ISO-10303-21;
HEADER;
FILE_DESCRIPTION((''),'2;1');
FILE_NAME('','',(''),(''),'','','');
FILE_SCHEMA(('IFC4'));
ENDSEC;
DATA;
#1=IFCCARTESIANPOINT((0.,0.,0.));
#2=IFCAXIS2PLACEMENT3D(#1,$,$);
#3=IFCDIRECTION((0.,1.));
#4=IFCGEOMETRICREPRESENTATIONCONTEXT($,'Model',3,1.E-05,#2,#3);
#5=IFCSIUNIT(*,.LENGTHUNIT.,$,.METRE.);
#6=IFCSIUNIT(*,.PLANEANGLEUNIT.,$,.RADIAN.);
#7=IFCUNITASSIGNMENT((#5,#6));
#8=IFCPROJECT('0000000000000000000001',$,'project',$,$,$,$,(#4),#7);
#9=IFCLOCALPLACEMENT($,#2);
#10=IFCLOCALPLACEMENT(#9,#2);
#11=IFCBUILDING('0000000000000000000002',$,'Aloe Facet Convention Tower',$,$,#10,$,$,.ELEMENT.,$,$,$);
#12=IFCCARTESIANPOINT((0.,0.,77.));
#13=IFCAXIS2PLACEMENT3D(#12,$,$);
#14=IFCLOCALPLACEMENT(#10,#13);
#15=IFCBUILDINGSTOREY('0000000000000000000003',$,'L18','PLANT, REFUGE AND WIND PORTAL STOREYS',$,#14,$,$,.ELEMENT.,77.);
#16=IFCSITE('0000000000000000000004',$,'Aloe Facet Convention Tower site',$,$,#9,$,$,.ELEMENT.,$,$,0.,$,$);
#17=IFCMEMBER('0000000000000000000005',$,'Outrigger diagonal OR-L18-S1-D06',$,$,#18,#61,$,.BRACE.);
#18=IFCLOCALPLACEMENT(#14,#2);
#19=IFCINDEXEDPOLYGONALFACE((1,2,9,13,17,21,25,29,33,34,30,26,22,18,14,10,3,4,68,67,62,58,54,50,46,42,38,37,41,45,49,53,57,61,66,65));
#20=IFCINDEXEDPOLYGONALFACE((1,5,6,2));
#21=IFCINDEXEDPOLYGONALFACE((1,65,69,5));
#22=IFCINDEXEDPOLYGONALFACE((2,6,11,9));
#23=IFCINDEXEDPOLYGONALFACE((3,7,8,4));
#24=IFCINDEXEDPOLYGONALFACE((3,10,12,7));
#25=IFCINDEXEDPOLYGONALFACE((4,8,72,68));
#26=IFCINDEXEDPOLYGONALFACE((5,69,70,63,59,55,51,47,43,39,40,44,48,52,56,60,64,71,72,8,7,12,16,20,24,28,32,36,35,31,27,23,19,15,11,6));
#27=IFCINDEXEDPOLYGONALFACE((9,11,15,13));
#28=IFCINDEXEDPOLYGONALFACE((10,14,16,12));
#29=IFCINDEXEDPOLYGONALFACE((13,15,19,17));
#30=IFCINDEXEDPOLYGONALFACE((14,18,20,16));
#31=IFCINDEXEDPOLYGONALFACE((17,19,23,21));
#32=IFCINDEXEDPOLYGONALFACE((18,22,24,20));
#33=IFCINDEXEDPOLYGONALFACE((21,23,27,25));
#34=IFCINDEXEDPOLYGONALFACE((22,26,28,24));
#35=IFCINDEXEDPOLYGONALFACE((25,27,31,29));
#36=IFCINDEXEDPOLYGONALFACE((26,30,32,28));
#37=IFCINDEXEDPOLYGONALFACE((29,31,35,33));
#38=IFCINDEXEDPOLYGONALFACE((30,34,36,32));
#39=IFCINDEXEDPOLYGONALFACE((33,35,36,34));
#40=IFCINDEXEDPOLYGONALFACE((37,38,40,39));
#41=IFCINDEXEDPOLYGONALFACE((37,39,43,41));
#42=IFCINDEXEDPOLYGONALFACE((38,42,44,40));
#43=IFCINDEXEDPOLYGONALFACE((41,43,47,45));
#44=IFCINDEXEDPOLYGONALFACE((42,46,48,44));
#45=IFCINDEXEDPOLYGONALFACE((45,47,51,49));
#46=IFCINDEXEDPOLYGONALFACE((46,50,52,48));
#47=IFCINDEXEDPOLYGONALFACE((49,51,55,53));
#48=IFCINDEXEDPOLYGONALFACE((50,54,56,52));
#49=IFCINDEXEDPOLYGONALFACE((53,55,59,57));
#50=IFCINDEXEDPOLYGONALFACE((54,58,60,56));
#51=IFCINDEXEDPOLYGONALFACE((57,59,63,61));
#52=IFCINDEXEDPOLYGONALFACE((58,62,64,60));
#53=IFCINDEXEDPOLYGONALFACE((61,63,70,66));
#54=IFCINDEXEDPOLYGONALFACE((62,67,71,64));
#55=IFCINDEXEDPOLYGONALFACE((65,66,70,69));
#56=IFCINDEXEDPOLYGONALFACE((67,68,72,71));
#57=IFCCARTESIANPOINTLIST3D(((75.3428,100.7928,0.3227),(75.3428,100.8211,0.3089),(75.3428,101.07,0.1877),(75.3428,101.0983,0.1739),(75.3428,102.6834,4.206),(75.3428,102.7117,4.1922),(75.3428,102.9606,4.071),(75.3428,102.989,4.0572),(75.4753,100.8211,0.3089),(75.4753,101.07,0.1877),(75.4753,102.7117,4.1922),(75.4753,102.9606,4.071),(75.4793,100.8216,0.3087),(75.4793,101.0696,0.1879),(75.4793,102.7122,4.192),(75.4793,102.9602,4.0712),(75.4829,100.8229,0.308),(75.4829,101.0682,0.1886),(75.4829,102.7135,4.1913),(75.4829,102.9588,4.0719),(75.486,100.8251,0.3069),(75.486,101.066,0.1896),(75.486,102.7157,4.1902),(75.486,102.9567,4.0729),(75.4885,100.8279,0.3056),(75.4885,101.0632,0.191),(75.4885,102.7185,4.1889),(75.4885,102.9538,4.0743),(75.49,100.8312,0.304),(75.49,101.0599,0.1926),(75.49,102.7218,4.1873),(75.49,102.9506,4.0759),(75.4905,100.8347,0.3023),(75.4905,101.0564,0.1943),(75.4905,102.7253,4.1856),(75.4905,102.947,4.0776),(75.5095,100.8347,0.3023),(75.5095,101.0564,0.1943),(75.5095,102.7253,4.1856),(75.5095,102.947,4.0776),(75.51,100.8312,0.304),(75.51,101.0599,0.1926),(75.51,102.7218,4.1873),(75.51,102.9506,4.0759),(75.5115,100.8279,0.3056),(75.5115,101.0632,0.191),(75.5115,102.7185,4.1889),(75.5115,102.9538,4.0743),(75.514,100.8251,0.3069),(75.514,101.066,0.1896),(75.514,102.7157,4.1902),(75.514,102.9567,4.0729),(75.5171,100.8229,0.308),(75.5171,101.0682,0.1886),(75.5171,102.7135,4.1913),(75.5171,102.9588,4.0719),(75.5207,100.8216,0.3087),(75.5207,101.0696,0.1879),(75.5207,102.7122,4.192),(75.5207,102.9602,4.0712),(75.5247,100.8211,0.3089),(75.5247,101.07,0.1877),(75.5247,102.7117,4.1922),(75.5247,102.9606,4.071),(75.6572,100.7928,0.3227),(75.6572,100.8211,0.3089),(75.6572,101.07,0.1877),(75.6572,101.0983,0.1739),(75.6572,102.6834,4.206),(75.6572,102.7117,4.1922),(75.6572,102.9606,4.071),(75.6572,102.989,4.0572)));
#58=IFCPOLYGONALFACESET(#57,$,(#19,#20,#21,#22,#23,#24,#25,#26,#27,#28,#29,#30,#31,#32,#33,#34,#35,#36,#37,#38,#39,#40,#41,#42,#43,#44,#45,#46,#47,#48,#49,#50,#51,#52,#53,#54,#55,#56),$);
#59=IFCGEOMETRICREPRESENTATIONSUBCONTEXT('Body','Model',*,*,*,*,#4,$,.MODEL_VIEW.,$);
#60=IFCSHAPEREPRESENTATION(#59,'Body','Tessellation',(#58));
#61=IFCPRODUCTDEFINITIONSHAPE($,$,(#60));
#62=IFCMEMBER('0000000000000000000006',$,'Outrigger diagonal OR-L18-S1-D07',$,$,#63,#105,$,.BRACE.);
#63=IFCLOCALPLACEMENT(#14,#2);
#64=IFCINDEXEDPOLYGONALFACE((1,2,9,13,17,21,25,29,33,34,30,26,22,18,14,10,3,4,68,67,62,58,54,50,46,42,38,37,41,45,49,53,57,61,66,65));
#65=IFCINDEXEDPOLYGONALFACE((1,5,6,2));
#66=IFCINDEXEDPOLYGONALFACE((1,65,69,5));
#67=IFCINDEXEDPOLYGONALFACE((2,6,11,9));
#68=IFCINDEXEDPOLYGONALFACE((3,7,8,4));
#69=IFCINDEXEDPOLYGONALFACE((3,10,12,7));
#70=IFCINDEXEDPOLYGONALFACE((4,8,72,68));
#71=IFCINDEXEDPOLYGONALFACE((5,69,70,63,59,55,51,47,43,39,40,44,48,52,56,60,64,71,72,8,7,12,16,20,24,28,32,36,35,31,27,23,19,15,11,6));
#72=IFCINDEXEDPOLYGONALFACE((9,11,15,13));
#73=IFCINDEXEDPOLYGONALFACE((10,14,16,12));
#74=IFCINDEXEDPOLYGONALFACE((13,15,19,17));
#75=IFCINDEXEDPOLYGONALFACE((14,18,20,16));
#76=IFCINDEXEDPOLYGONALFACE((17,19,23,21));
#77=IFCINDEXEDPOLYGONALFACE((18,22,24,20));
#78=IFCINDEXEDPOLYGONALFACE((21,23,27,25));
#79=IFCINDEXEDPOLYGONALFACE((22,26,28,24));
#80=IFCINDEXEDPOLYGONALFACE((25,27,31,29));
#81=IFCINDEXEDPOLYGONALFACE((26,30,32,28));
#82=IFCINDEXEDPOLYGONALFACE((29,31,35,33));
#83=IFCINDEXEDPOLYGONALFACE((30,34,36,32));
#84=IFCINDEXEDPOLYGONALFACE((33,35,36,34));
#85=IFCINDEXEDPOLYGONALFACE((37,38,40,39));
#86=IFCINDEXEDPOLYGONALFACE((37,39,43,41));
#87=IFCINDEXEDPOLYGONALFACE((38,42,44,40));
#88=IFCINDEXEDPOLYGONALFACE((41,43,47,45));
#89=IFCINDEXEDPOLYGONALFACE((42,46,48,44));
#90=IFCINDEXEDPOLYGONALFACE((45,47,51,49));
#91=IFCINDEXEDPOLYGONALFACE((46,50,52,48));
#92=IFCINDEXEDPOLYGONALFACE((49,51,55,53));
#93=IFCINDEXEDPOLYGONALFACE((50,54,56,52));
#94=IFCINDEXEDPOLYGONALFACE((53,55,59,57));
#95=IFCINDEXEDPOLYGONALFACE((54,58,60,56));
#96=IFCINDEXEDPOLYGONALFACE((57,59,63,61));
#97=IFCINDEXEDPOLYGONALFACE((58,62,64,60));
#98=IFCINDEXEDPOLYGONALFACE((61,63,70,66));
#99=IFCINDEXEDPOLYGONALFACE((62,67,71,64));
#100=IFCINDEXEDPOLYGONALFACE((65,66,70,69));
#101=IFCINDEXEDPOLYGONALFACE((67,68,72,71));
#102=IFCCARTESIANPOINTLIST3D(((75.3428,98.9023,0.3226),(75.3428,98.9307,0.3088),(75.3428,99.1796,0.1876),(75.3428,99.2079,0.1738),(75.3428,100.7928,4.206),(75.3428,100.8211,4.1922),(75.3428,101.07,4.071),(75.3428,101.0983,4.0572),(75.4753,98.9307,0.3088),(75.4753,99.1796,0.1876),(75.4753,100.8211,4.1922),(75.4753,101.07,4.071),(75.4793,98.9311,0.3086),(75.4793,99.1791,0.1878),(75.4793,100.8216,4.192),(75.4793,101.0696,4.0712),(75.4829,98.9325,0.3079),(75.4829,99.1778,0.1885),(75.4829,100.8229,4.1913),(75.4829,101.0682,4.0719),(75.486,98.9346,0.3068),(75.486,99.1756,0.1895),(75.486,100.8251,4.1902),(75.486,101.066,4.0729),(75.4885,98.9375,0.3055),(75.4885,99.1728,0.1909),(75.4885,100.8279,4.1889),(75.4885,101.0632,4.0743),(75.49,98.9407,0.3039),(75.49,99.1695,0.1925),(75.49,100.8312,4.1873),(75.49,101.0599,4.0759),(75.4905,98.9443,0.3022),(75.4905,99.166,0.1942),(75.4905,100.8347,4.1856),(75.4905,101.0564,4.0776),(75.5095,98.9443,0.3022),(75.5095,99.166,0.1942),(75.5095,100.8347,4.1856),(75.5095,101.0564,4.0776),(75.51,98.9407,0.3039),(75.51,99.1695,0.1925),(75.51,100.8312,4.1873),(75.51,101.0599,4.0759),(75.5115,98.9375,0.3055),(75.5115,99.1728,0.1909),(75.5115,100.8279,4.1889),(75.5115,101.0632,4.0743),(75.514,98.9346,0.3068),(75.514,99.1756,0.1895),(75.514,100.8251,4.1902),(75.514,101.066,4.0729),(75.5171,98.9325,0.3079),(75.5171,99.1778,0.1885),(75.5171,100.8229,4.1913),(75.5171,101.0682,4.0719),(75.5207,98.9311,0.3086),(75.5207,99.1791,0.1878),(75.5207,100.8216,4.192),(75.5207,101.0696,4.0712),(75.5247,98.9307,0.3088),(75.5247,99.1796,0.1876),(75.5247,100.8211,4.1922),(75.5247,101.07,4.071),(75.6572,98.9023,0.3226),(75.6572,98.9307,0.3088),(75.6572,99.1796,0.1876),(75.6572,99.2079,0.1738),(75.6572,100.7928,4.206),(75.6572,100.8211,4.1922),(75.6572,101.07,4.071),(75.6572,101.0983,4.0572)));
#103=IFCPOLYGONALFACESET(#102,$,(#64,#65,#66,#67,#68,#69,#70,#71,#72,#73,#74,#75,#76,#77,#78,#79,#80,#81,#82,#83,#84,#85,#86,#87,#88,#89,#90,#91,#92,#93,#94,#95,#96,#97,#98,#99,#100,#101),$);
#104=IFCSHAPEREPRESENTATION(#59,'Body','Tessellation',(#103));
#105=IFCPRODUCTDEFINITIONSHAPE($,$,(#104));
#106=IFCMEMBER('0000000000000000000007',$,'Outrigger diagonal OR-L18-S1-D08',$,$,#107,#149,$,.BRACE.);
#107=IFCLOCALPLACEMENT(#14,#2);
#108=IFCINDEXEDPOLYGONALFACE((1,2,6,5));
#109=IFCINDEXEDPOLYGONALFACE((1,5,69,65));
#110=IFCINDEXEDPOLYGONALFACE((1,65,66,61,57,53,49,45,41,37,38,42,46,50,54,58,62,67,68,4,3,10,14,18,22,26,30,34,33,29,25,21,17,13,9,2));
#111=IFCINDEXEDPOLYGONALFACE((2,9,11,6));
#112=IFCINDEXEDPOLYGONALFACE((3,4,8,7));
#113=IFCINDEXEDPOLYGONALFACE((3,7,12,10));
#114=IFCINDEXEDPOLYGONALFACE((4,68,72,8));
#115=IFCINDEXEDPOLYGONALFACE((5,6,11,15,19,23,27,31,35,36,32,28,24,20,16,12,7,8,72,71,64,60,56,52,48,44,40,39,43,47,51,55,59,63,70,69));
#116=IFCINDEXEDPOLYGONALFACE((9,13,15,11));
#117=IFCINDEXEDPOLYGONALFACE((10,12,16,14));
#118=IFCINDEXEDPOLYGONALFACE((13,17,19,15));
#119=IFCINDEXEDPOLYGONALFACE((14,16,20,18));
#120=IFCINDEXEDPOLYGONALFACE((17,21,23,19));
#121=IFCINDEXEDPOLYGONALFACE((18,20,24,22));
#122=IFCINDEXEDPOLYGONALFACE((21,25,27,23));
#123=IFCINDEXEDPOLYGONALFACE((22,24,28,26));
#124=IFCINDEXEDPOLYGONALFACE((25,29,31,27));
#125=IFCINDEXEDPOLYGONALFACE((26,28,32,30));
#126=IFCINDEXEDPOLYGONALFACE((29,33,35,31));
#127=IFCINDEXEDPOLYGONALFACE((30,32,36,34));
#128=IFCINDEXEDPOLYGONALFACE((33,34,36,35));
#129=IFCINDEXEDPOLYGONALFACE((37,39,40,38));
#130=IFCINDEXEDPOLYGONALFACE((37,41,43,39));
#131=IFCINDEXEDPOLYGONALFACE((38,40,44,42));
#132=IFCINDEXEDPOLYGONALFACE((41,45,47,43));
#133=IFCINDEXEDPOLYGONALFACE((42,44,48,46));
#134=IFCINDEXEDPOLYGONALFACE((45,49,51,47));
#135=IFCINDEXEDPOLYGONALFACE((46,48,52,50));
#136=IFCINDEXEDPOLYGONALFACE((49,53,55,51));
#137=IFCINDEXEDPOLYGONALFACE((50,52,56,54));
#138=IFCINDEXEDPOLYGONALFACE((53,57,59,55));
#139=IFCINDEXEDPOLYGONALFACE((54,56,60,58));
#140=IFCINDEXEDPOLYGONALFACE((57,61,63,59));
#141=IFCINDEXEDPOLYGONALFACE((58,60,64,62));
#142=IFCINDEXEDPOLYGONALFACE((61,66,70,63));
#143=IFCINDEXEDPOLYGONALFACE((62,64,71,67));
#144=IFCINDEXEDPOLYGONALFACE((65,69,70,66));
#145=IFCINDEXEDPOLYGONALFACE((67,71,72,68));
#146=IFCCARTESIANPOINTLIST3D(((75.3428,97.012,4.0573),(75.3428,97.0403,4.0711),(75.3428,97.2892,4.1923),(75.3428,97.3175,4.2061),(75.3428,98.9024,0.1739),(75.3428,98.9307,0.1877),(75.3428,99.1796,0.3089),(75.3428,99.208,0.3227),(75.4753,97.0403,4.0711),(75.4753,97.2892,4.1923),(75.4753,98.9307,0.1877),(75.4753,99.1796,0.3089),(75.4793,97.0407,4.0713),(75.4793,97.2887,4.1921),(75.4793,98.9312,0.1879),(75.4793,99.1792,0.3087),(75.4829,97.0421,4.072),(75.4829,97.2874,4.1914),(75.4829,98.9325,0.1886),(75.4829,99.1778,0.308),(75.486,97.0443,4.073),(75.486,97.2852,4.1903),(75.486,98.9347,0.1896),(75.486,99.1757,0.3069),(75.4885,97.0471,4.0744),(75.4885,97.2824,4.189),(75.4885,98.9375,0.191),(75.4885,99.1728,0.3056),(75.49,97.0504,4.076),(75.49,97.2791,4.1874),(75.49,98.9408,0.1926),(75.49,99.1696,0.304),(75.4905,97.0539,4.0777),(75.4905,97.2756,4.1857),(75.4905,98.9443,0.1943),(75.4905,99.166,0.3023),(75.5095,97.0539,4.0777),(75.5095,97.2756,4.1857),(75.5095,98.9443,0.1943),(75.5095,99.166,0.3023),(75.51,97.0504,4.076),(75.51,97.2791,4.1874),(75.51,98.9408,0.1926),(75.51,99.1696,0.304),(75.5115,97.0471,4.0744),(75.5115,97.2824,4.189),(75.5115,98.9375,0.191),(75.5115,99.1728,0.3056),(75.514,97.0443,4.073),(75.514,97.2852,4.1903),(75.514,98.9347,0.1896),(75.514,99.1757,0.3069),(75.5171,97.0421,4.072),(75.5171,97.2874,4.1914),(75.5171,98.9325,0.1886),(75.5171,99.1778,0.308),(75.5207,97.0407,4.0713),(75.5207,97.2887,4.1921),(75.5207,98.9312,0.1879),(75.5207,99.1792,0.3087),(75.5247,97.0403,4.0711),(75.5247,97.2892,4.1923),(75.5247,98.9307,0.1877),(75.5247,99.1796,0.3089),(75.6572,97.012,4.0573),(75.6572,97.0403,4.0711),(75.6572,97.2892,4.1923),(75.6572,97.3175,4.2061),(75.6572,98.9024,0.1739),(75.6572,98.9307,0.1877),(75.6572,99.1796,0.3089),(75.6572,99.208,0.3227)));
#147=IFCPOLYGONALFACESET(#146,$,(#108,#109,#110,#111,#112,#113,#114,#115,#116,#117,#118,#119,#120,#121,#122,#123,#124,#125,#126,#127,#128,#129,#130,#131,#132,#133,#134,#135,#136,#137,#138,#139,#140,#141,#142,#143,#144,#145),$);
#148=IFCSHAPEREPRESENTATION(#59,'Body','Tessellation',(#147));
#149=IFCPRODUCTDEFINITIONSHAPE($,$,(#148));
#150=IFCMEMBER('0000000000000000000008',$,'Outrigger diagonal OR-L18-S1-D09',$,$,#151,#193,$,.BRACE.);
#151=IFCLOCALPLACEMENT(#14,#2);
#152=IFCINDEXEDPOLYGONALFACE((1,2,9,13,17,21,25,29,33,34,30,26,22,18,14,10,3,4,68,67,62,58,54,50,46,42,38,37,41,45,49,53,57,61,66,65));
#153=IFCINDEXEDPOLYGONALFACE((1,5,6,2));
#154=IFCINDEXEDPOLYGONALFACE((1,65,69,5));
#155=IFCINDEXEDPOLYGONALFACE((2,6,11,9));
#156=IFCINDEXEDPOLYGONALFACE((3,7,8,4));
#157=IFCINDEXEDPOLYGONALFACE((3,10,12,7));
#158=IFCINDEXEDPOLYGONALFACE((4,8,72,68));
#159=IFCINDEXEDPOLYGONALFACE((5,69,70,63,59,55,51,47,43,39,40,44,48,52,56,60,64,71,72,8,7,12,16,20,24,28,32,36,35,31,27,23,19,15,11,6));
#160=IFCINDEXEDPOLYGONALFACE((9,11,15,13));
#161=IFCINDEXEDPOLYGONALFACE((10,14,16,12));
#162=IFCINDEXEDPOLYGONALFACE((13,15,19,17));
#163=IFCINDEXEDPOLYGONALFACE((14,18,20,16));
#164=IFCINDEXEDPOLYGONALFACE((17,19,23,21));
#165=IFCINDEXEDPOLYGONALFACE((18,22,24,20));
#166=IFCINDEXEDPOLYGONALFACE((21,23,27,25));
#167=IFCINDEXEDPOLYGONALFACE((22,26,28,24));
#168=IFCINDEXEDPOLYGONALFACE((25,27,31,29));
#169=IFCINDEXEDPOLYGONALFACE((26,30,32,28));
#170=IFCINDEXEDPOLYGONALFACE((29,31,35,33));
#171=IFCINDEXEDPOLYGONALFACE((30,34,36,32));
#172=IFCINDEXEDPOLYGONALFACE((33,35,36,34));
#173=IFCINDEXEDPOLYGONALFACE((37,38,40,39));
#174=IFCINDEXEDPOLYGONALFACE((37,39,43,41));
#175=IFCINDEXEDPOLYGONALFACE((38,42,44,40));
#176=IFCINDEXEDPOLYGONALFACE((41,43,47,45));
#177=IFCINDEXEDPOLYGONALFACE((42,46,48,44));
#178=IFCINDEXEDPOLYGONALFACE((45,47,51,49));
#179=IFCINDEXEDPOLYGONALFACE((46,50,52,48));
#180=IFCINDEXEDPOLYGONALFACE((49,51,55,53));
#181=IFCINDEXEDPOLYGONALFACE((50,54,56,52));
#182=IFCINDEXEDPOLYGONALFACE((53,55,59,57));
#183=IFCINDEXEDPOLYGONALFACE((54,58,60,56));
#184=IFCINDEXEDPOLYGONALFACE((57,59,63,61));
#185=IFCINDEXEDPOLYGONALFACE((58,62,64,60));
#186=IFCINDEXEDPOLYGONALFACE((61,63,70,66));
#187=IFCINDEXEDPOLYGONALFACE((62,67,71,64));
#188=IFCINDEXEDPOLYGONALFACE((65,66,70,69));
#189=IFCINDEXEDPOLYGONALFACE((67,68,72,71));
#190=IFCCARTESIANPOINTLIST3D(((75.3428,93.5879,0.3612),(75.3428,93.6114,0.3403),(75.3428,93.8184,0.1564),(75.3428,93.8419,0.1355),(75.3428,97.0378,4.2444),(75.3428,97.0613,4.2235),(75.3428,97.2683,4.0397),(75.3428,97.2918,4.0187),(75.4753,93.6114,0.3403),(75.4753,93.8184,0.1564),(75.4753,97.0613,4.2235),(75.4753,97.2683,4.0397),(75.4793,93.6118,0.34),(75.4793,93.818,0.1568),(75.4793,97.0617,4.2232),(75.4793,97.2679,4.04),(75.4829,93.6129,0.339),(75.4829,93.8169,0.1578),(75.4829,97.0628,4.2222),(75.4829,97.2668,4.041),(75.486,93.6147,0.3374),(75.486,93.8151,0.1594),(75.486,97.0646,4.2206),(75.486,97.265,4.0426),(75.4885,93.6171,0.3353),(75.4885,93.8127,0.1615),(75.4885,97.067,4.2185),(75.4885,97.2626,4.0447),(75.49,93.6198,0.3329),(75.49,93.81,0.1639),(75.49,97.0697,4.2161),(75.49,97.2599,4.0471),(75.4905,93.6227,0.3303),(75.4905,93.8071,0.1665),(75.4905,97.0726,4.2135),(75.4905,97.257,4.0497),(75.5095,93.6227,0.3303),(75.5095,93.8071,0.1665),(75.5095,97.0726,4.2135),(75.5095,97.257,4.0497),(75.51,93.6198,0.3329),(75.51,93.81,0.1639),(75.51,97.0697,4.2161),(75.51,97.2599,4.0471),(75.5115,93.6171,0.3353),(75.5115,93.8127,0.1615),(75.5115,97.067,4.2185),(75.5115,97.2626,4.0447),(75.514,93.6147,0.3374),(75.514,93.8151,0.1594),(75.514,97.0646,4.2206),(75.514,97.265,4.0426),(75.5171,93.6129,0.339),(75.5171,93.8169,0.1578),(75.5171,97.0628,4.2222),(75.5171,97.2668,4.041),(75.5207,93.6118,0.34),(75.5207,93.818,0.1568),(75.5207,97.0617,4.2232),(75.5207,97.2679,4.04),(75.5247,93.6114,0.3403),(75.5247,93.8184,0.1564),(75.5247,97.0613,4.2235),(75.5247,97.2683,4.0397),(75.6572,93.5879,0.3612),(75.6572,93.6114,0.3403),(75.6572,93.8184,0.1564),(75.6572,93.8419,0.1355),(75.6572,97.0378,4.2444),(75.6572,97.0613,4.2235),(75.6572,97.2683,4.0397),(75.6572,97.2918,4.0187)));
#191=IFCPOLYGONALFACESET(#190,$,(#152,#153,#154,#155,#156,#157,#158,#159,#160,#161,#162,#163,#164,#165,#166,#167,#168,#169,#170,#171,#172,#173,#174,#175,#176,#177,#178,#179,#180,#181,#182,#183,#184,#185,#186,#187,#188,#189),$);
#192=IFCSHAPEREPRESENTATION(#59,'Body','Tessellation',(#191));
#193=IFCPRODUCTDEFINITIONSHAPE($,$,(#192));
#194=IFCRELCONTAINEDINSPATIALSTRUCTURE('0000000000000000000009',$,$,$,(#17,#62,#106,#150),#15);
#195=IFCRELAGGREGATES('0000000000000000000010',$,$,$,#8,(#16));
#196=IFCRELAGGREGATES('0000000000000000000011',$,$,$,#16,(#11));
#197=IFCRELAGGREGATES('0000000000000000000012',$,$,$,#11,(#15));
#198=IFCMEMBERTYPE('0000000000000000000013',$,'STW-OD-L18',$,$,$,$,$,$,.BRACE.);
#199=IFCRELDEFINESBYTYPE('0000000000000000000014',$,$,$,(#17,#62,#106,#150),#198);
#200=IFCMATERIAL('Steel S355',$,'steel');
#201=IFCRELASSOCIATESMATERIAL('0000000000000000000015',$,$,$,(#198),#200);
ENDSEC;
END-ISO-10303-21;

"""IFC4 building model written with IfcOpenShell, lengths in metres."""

from ifc_helpers import new_model, si_unit, direction, frame, origin, origin_2d, place, context, subcontext, project, spatial, i_section, extrude, material, material_profile, profile_set, type_object, element, save


model = new_model("IFC4")

# Units and contexts
model_context = context("Model", 3, precision=1e-05, world=origin(), true_north=direction((0.0, 1.0)))
body_context = subcontext(model_context, "Body", "Model", "MODEL_VIEW")
ifc_project = project(units=[si_unit("LENGTHUNIT", "METRE"), si_unit("PLANEANGLEUNIT", "RADIAN")], contexts=[model_context])

# Site, building, storey
site_placement = place(None, origin())
site = spatial("IfcSite", under=ifc_project, at=site_placement, Name="Aloe Facet Convention Tower site", CompositionType="ELEMENT", RefElevation=0.0)
building_placement = place(site_placement, origin())
building = spatial("IfcBuilding", under=site, at=building_placement, Name="Aloe Facet Convention Tower", CompositionType="ELEMENT")
storey_placement = place(building_placement, frame((0.0, 0.0, 77.0)))
storey = spatial("IfcBuildingStorey", under=building, at=storey_placement, Name="L18", Description="PLANT, REFUGE AND WIND PORTAL STOREYS", CompositionType="ELEMENT", Elevation=77.0)

# Members
ifc_material_1 = material(Name="Steel S355", Category="steel")
ifc_material_profile_1 = material_profile(ifc_material_1, i_section(OverallWidth=0.3145, OverallDepth=0.3398, WebThickness=0.019, FlangeThickness=0.0315, FilletRadius=0.0151, at=origin_2d()), Name="UC 305x305x198")
ifc_profile_set_1 = profile_set([ifc_material_profile_1], Name="Steel S355")
member_type_1 = type_object("IfcMemberType", Name="STW-OD-L18", PredefinedType="BRACE", material=ifc_profile_set_1)
for number, where, z_axis, x_axis, name in (
    (1, (75.5, 102.8362, 4.1316), (0.0, -0.437737, -0.899103), (1.0, 0.0, 0.0), "Outrigger diagonal OR-L18-S1-D06"),
    (2, (75.5, 100.9456, 4.1316), (0.0, -0.437692, -0.899125), (1.0, 0.0, 0.0), "Outrigger diagonal OR-L18-S1-D07"),
    (3, (75.5, 99.0552, 0.2483), (0.0, -0.437692, 0.899125), (1.0, 0.0, 0.0), "Outrigger diagonal OR-L18-S1-D08"),
):
    element("IfcMember", number, at=place(storey_placement, frame(where, z_axis=z_axis, x_axis=x_axis)), inside=storey, type_object=member_type_1, Name=name, PredefinedType="BRACE", context=body_context, shape_type="SweptSolid", body=[
        extrude(i_section(OverallWidth=0.3145, OverallDepth=0.3398, WebThickness=0.019, FlangeThickness=0.0315, FilletRadius=0.0151, at=origin_2d()), origin(), (0.0, 0.0, 1.0), 4.3191),
    ])
member_1_placement = place(storey_placement, frame((75.5, 97.1648, 4.1316), z_axis=(0.0, -0.664163, -0.747588), x_axis=(1.0, 0.0, 0.0)))
element("IfcMember", 4, at=member_1_placement, inside=storey, type_object=member_type_1, Name="Outrigger diagonal OR-L18-S1-D09", PredefinedType="BRACE", context=body_context, shape_type="SweptSolid", body=[
    extrude(i_section(OverallWidth=0.3145, OverallDepth=0.3398, WebThickness=0.019, FlangeThickness=0.0315, FilletRadius=0.0151, at=origin_2d()), origin(), (0.0, 0.0, 1.0), 5.1943),
])

save(model, "model.ifc")
